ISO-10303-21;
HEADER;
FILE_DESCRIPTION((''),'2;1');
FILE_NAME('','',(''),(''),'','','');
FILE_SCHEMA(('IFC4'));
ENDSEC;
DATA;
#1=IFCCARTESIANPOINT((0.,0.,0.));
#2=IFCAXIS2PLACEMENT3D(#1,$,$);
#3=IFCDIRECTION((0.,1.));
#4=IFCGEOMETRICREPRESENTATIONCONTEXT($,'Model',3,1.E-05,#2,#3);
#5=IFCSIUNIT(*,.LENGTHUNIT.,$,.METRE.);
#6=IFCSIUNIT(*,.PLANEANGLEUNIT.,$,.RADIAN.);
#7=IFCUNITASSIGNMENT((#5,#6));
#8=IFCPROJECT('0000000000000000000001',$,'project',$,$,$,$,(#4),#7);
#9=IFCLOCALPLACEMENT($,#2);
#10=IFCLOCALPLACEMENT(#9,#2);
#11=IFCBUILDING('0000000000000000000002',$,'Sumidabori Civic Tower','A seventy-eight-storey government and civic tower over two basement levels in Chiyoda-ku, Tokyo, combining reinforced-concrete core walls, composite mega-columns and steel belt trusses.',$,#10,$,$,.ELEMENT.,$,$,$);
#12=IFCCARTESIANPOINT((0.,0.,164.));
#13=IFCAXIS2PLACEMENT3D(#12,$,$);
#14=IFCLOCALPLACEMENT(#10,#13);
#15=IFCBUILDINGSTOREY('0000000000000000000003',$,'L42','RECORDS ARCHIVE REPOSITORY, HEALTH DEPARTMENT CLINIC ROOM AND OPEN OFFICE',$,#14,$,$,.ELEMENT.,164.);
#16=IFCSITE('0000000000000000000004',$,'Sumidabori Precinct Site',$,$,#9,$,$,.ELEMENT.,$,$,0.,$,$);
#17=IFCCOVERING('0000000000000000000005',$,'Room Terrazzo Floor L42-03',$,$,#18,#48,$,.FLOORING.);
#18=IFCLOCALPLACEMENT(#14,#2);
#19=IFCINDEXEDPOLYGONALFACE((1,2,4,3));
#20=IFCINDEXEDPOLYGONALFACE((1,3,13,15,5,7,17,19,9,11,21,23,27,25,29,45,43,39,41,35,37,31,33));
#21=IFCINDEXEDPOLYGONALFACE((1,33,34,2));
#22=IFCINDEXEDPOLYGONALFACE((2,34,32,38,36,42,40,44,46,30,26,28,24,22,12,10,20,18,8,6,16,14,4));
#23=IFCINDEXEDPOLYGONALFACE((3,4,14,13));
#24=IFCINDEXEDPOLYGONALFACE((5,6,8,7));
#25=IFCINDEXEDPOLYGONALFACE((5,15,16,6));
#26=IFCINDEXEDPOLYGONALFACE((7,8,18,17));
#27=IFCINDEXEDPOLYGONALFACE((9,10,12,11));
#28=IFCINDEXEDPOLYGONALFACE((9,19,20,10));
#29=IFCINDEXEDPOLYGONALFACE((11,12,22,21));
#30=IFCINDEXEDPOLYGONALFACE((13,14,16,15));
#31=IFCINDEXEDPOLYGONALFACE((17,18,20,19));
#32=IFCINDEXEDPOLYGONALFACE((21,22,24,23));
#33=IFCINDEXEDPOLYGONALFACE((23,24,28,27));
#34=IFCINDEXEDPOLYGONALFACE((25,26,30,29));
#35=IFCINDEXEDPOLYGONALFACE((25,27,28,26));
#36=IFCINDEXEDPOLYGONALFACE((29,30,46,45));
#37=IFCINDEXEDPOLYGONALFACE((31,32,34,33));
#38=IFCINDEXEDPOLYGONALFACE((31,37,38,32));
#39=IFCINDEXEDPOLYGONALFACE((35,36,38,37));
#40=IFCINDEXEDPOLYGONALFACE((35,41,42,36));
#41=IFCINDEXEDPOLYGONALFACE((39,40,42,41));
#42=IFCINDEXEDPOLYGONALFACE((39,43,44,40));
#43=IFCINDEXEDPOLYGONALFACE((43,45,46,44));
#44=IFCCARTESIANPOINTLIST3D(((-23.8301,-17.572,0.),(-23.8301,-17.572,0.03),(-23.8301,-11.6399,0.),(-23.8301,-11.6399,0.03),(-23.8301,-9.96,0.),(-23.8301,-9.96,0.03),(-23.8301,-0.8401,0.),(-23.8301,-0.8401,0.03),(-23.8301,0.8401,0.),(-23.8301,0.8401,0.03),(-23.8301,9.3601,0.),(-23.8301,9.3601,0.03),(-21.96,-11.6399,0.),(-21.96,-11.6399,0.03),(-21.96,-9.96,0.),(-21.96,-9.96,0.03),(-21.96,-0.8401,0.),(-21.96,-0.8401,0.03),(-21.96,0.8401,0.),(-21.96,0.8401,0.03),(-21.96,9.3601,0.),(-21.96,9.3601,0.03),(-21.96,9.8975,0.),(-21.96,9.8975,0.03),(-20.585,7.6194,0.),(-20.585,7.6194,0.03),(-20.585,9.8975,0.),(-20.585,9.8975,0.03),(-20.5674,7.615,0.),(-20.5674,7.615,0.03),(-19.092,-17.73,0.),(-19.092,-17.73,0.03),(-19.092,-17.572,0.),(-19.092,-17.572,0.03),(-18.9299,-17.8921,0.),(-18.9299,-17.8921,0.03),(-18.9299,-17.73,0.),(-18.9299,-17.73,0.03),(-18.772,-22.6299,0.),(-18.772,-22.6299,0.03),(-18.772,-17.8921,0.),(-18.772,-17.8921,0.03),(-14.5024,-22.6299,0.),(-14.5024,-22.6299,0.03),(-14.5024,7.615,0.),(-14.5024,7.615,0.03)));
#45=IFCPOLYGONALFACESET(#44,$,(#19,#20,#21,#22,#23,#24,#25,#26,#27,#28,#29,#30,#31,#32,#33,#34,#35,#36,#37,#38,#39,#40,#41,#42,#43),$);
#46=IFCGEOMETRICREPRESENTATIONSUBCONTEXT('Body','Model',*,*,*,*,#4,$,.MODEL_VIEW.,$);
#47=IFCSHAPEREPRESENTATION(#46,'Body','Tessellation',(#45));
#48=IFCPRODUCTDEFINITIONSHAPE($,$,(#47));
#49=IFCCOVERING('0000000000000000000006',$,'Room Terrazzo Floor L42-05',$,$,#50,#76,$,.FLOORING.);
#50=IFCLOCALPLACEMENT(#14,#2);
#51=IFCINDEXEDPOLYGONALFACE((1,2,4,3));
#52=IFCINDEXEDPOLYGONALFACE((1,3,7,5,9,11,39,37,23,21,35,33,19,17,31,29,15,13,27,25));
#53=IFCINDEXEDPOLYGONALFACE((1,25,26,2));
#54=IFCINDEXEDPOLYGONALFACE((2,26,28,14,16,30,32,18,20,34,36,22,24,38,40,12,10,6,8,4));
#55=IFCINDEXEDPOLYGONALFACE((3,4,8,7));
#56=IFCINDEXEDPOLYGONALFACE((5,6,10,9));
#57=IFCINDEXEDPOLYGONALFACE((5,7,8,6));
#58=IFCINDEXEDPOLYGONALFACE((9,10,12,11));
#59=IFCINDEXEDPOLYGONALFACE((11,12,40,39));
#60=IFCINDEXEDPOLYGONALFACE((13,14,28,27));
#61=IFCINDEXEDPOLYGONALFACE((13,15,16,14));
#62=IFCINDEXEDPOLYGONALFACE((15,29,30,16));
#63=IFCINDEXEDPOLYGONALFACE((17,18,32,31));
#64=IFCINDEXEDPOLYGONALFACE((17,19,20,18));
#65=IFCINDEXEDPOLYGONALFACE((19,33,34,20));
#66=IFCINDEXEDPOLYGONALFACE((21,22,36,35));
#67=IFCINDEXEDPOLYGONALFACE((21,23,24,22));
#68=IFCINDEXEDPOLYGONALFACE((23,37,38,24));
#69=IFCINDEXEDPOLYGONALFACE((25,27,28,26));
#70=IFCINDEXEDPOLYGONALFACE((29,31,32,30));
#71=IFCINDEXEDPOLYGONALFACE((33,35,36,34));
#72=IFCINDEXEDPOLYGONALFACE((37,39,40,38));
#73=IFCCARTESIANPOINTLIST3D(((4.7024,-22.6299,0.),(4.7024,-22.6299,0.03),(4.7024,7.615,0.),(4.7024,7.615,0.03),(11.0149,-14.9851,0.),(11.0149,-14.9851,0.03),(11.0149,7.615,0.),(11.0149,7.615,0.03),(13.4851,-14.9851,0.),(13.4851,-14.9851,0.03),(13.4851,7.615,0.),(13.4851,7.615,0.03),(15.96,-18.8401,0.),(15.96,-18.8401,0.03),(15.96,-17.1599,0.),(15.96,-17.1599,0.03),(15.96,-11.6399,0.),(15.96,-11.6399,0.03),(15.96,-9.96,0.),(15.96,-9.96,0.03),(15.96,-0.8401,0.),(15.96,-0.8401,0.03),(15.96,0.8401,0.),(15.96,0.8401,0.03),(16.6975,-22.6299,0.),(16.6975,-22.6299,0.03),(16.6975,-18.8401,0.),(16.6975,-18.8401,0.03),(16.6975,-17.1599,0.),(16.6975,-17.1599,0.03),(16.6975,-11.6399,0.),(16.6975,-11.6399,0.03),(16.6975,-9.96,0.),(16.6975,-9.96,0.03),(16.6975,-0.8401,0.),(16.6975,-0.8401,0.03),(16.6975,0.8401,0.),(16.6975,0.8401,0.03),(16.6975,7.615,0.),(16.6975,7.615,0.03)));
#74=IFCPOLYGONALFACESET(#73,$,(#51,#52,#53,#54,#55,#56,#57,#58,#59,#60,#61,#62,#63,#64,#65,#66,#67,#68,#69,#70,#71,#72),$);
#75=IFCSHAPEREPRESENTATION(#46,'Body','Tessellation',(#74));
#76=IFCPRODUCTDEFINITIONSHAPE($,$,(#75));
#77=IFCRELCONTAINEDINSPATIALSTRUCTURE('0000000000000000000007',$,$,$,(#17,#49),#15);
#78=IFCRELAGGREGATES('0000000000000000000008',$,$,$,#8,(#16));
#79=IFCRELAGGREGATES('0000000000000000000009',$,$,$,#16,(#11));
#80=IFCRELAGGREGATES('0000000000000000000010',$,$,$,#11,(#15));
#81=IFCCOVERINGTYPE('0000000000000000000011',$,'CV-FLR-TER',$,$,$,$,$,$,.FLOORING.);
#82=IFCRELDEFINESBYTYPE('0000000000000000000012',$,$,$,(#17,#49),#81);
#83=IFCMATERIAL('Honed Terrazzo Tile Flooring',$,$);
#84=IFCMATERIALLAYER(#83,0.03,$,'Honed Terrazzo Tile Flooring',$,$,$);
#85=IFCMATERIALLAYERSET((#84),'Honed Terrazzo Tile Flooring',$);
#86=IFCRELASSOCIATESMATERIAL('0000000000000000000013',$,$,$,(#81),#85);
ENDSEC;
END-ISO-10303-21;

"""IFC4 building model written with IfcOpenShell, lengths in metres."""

from ifc_helpers import new_model, si_unit, direction, frame, origin, place, context, subcontext, project, spatial, polyline, outline, extrude, material, layer, layer_set, type_object, element, save


model = new_model("IFC4")

# Units and contexts
model_context = context("Model", 3, precision=1e-05, world=origin(), true_north=direction((0.0, 1.0)))
body_context = subcontext(model_context, "Body", "Model", "MODEL_VIEW")
ifc_project = project(units=[si_unit("LENGTHUNIT", "METRE"), si_unit("PLANEANGLEUNIT", "RADIAN")], contexts=[model_context])

# Site, building, storey
site_placement = place(None, origin())
site = spatial("IfcSite", under=ifc_project, at=site_placement, Name="Sumidabori Precinct Site", CompositionType="ELEMENT", RefElevation=0.0)
building_placement = place(site_placement, origin())
building = spatial("IfcBuilding", under=site, at=building_placement, Name="Sumidabori Civic Tower", Description="A seventy-eight-storey government and civic tower over two basement levels in Chiyoda-ku, Tokyo, combining reinforced-concrete core walls, composite mega-columns and steel belt trusses.", CompositionType="ELEMENT")
storey_placement = place(building_placement, frame((0.0, 0.0, 164.0)))
storey = spatial("IfcBuildingStorey", under=building, at=storey_placement, Name="L42", Description="RECORDS ARCHIVE REPOSITORY, HEALTH DEPARTMENT CLINIC ROOM AND OPEN OFFICE", CompositionType="ELEMENT", Elevation=164.0)

# Coverings
ifc_material_1 = material(Name="Honed Terrazzo Tile Flooring")
ifc_layer_1 = layer(ifc_material_1, 0.03, Name="Honed Terrazzo Tile Flooring")
ifc_layer_set_1 = layer_set([ifc_layer_1], Name="Honed Terrazzo Tile Flooring")
covering_type_1 = type_object("IfcCoveringType", Name="CV-FLR-TER", PredefinedType="FLOORING", material=ifc_layer_set_1)
covering_1_placement = place(storey_placement, origin())
element("IfcCovering", 1, at=covering_1_placement, inside=storey, type_object=covering_type_1, Name="Room Terrazzo Floor L42-03", PredefinedType="FLOORING", context=body_context, shape_type="SweptSolid", body=[
    extrude(outline(polyline([(-23.8301, -0.8401), (-21.96, -0.8401), (-21.96, 0.8401), (-23.8301, 0.8401), (-23.8301, 9.3601), (-21.96, 9.3601), (-21.96, 9.8975), (-20.585, 9.8975), (-20.585, 7.6194), (-20.5674, 7.615), (-14.5024, 7.615), (-14.5024, -22.6299), (-18.772, -22.6299), (-18.772, -17.8921), (-18.9299, -17.8921), (-18.9299, -17.73), (-19.092, -17.73), (-19.092, -17.572), (-23.8301, -17.572), (-23.8301, -11.6399), (-21.96, -11.6399), (-21.96, -9.96), (-23.8301, -9.96), (-23.8301, -0.8401)])), origin(), (0.0, 0.0, 1.0), 0.03),
])
covering_2_placement = place(storey_placement, origin())
element("IfcCovering", 2, at=covering_2_placement, inside=storey, type_object=covering_type_1, Name="Room Terrazzo Floor L42-05", PredefinedType="FLOORING", context=body_context, shape_type="SweptSolid", body=[
    extrude(outline(polyline([(4.7024, -22.6299), (4.7024, 7.615), (11.0149, 7.615), (11.0149, -14.9851), (13.4851, -14.9851), (13.4851, 7.615), (16.6975, 7.615), (16.6975, 0.8401), (15.96, 0.8401), (15.96, -0.8401), (16.6975, -0.8401), (16.6975, -9.96), (15.96, -9.96), (15.96, -11.6399), (16.6975, -11.6399), (16.6975, -17.1599), (15.96, -17.1599), (15.96, -18.8401), (16.6975, -18.8401), (16.6975, -22.6299), (4.7024, -22.6299)])), origin(), (0.0, 0.0, 1.0), 0.03),
])

save(model, "model.ifc")
